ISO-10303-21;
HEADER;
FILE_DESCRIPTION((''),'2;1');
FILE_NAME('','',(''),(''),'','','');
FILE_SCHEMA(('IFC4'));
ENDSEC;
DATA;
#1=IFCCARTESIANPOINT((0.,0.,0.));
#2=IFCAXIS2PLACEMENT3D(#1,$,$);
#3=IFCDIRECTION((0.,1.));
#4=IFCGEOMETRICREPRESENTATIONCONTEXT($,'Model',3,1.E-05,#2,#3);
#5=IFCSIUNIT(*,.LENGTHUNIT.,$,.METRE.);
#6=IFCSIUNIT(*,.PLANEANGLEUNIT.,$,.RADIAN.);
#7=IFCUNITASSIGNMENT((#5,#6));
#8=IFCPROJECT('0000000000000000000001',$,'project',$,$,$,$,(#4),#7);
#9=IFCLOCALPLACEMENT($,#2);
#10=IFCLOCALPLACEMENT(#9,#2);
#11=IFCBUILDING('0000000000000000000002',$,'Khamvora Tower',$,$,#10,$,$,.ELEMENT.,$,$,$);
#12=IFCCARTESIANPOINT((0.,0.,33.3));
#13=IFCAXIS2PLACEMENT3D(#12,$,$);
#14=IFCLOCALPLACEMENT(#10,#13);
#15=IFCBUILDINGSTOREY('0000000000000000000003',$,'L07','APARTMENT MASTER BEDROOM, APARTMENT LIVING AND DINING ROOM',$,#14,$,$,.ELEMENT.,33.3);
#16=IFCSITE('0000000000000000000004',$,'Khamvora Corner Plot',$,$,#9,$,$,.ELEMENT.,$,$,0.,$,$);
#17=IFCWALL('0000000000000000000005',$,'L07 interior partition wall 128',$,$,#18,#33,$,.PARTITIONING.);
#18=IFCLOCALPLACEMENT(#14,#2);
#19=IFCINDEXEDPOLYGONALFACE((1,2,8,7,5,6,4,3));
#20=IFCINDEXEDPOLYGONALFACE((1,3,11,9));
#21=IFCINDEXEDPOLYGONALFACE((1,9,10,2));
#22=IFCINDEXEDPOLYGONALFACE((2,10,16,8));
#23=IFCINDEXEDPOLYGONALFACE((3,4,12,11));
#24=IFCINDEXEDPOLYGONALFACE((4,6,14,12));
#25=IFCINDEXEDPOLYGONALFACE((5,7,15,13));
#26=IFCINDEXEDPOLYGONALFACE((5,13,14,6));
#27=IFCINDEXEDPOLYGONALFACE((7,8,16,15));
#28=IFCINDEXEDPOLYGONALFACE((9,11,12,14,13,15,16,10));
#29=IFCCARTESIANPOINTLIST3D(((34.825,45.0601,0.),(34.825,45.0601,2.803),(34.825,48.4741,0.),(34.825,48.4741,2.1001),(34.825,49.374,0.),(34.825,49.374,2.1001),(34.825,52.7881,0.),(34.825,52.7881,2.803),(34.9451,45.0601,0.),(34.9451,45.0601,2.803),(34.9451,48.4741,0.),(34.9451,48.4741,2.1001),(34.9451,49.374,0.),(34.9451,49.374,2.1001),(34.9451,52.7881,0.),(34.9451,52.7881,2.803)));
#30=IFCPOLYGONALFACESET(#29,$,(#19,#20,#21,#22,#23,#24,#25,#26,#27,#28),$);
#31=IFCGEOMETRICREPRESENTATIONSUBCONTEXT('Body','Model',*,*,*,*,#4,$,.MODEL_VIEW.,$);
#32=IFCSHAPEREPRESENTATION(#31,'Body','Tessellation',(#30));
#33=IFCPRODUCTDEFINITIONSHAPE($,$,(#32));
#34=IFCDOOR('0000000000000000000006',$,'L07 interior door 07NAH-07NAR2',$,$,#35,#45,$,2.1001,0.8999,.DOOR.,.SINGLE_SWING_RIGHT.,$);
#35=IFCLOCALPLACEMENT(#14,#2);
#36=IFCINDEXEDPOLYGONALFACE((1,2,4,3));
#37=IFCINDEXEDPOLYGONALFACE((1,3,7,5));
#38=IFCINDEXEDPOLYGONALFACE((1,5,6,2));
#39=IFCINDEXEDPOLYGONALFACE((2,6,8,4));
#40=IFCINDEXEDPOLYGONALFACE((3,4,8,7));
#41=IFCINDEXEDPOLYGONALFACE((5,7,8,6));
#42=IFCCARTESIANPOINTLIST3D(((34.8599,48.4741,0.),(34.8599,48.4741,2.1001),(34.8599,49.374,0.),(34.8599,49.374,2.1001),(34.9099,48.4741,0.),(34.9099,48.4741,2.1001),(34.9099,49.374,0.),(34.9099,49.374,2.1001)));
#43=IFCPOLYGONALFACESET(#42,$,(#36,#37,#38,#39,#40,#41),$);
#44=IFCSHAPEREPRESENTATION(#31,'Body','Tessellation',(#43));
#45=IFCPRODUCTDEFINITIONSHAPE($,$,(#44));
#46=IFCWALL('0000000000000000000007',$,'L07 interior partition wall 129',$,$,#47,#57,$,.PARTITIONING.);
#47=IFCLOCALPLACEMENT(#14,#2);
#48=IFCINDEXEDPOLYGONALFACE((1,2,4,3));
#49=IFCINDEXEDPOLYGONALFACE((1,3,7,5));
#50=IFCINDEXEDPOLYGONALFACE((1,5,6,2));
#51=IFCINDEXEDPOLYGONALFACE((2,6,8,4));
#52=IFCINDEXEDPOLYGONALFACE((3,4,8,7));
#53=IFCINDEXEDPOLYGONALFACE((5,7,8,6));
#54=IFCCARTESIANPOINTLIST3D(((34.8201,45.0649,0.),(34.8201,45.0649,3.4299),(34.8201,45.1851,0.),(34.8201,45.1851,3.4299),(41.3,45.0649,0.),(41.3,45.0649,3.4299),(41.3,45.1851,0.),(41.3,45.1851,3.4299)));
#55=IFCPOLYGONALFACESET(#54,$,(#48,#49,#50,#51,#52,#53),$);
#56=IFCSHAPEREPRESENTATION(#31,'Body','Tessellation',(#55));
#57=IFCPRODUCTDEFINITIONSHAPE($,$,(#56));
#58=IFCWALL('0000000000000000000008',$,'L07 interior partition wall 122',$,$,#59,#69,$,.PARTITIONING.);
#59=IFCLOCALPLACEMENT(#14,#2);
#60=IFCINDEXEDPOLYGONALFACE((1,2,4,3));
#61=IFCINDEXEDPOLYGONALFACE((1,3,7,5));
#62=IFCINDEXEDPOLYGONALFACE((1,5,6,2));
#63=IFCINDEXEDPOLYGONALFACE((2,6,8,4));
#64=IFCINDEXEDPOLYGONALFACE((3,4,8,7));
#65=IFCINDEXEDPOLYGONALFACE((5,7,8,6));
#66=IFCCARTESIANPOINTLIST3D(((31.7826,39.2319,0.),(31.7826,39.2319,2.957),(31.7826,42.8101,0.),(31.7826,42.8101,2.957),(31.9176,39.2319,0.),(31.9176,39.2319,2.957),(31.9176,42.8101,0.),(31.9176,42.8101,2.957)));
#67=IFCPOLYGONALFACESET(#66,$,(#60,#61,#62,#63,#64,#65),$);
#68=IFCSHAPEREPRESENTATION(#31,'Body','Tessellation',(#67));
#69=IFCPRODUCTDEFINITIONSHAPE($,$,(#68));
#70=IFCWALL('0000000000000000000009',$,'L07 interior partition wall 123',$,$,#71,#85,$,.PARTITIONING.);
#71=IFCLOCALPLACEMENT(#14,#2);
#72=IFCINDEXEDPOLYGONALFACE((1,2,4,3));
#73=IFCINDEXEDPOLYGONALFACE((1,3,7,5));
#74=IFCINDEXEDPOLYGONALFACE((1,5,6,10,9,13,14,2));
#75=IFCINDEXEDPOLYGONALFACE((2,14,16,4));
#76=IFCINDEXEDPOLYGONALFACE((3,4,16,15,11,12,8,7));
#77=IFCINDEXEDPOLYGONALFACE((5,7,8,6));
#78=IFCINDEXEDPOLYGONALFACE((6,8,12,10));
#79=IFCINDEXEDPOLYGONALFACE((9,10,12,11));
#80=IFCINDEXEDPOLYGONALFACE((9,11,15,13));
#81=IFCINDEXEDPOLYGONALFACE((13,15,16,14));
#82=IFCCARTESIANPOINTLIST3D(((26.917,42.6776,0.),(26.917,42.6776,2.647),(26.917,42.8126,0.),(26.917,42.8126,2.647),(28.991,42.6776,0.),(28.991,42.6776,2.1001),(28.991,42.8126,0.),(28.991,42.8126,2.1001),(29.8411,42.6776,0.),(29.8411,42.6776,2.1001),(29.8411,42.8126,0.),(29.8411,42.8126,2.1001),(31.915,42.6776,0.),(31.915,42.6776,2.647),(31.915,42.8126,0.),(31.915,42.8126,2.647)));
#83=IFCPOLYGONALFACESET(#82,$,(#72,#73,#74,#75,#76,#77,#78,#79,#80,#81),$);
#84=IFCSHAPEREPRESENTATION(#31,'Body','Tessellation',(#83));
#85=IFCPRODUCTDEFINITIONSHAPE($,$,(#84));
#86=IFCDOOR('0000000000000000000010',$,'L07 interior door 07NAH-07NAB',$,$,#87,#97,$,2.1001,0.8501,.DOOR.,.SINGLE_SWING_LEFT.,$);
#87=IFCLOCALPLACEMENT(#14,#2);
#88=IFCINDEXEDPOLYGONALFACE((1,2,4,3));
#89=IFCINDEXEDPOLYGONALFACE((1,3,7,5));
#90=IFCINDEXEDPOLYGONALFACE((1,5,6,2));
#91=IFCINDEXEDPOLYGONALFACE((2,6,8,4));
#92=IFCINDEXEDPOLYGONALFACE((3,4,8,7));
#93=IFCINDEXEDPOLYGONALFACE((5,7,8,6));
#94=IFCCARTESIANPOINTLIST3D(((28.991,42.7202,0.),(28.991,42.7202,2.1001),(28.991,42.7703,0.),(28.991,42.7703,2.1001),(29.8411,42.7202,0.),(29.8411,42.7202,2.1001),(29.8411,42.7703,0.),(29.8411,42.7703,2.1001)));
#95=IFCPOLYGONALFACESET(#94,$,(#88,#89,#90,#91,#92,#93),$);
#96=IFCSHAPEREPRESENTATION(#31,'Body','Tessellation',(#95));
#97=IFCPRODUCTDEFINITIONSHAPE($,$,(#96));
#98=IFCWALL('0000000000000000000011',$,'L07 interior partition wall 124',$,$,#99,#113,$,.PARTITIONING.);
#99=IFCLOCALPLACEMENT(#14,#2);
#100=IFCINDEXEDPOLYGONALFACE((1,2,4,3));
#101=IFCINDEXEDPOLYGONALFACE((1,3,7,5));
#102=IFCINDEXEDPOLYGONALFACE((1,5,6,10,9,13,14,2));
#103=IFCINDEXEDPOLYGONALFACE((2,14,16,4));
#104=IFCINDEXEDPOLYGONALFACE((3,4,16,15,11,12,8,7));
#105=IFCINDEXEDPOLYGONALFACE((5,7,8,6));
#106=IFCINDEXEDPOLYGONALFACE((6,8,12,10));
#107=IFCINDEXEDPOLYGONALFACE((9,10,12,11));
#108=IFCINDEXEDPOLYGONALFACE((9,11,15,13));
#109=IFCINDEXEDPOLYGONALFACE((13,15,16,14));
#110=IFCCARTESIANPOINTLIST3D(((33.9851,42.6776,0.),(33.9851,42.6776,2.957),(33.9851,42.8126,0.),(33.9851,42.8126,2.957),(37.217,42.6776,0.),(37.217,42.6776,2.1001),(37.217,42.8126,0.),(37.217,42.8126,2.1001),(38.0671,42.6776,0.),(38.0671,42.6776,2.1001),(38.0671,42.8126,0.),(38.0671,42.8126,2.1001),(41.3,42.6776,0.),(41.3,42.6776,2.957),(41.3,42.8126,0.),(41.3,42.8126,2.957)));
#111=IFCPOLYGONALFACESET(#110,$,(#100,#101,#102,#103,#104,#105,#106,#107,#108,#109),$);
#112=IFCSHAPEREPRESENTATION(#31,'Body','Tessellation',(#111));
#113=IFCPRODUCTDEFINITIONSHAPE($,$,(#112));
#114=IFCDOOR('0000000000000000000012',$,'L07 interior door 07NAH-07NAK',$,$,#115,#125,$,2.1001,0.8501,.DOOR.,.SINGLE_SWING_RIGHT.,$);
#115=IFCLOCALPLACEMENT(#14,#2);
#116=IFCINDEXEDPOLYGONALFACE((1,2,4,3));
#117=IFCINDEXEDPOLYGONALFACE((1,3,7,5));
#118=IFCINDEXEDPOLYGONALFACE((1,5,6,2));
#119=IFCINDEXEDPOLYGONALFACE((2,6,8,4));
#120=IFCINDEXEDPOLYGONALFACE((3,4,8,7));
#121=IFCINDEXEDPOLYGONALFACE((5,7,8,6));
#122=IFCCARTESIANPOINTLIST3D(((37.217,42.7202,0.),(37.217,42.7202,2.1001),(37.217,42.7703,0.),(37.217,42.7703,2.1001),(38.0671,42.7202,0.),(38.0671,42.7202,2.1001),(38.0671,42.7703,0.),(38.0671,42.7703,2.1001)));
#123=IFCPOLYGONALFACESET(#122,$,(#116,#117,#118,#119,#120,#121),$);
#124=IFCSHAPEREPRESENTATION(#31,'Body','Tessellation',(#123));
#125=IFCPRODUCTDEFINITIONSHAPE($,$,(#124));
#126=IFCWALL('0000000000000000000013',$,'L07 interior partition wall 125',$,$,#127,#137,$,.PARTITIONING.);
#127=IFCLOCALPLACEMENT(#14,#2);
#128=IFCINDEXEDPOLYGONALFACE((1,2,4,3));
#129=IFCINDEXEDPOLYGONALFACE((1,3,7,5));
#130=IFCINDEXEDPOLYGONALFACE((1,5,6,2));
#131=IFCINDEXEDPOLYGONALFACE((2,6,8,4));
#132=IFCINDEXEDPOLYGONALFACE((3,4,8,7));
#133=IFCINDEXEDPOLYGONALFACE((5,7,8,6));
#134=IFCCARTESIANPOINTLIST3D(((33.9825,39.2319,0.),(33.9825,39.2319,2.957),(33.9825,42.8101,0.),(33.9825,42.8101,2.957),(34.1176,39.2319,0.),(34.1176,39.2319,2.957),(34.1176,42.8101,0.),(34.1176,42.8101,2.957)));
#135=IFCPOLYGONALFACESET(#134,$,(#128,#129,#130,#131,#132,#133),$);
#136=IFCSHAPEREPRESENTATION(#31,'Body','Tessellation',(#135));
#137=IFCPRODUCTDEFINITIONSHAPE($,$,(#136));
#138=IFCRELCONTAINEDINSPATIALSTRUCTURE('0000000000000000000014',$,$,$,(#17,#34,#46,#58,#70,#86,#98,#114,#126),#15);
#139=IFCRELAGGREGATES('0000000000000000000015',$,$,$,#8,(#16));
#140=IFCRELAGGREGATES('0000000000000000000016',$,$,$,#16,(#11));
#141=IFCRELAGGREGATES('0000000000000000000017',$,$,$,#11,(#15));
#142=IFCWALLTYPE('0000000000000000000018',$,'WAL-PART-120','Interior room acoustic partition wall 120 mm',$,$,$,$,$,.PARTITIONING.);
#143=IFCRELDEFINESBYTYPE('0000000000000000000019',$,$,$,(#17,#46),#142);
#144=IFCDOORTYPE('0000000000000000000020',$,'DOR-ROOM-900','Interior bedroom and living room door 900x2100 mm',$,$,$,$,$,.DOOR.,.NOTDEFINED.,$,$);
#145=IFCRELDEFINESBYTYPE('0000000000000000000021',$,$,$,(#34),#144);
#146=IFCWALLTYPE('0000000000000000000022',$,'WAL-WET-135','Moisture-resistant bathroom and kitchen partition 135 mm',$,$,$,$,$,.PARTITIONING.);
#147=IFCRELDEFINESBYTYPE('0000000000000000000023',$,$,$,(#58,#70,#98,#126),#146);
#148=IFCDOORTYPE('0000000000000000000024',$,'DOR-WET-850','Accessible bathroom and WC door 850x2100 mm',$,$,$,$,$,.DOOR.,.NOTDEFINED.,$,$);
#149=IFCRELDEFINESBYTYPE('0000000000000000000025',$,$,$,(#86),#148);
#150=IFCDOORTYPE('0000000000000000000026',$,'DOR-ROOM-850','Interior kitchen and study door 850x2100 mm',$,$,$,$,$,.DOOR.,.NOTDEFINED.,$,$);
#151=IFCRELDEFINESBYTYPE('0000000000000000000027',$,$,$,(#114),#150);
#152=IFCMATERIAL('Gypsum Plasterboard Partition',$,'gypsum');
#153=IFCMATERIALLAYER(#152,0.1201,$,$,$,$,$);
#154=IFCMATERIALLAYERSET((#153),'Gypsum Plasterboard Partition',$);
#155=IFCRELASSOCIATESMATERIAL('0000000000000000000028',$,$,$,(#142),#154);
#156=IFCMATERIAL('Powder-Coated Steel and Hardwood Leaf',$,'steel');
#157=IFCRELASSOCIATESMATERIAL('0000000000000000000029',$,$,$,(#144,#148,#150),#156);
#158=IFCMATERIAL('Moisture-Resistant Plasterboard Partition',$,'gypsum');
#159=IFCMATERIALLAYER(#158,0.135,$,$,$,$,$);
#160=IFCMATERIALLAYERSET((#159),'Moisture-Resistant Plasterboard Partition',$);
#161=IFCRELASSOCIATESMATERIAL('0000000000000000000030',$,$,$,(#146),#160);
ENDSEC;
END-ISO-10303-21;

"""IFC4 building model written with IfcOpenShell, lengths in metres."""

from ifc_helpers import new_model, si_unit, direction, frame, frame_2d, origin, place, context, subcontext, project, spatial, rectangle, extrude, material, layer, layer_set, type_object, element, fill, save


model = new_model("IFC4")

# Units and contexts
model_context = context("Model", 3, precision=1e-05, world=origin(), true_north=direction((0.0, 1.0)))
body_context = subcontext(model_context, "Body", "Model", "MODEL_VIEW")
ifc_project = project(units=[si_unit("LENGTHUNIT", "METRE"), si_unit("PLANEANGLEUNIT", "RADIAN")], contexts=[model_context])

# Site, building, storey
site_placement = place(None, origin())
site = spatial("IfcSite", under=ifc_project, at=site_placement, Name="Khamvora Corner Plot", CompositionType="ELEMENT", RefElevation=0.0)
building_placement = place(site_placement, origin())
building = spatial("IfcBuilding", under=site, at=building_placement, Name="Khamvora Tower", CompositionType="ELEMENT")
storey_placement = place(building_placement, frame((0.0, 0.0, 33.3)))
storey = spatial("IfcBuildingStorey", under=building, at=storey_placement, Name="L07", Description="APARTMENT MASTER BEDROOM, APARTMENT LIVING AND DINING ROOM", CompositionType="ELEMENT", Elevation=33.3)

# Shared definitions
ifc_material_1 = material(Name="Powder-Coated Steel and Hardwood Leaf", Category="steel")

# Wall, opening, door
ifc_material_2 = material(Name="Gypsum Plasterboard Partition", Category="gypsum")
ifc_layer_1 = layer(ifc_material_2, 0.1201)
ifc_layer_set_1 = layer_set([ifc_layer_1], Name="Gypsum Plasterboard Partition")
wall_type_1 = type_object("IfcWallType", Name="WAL-PART-120", Description="Interior room acoustic partition wall 120 mm", PredefinedType="PARTITIONING", material=ifc_layer_set_1)
door_type_1 = type_object("IfcDoorType", Name="DOR-ROOM-900", Description="Interior bedroom and living room door 900x2100 mm", OperationType="NOTDEFINED", PredefinedType="DOOR", material=ifc_material_1)
wall_1_placement = place(storey_placement, frame((34.885, 52.7881, 0.0), z_axis=(0.0, 0.0, 1.0), x_axis=(0.0, -1.0, 0.0)))
wall_1 = element("IfcWall", 1, at=wall_1_placement, inside=storey, type_object=wall_type_1, Name="L07 interior partition wall 128", PredefinedType="PARTITIONING", context=body_context, shape_type="SweptSolid", body=[
    extrude(rectangle(XDim=7.728, YDim=0.1201, at=frame_2d((3.864, 0.0))), origin(), (0.0, 0.0, 1.0), 2.803),
])
opening_1_placement = place(wall_1_placement, frame((3.4141, 0.0, 0.0)))
opening_1 = element("IfcOpeningElement", 2, at=opening_1_placement, cuts=wall_1, PredefinedType="OPENING", context=body_context, shape_type="SweptSolid", body=[
    extrude(rectangle(XDim=0.8999, YDim=2.1001, at=frame_2d((0.45, 1.05))), frame((0.0, 0.0701, 0.0), z_axis=(0.0, -1.0, 0.0), x_axis=(1.0, 0.0, 0.0)), (0.0, 0.0, 1.0), 0.1401),
])
door_1_placement = place(opening_1_placement, origin())
door_1 = element("IfcDoor", 3, at=door_1_placement, inside=storey, type_object=door_type_1, Name="L07 interior door 07NAH-07NAR2", OperationType="SINGLE_SWING_RIGHT", OverallHeight=2.1001, OverallWidth=0.8999, PredefinedType="DOOR", context=body_context, shape_type="SweptSolid", body=[
    extrude(rectangle(XDim=0.8999, YDim=2.1001, at=frame_2d((0.45, 1.05))), frame((0.0, 0.0249, 0.0), z_axis=(0.0, -1.0, 0.0), x_axis=(1.0, 0.0, 0.0)), (0.0, 0.0, 1.0), 0.05),
])
fill(opening_1, door_1)

# Walls
wall_2_placement = place(storey_placement, frame((34.8201, 45.125, 0.0), z_axis=(0.0, 0.0, 1.0), x_axis=(1.0, 0.0, 0.0)))
element("IfcWall", 4, at=wall_2_placement, inside=storey, type_object=wall_type_1, Name="L07 interior partition wall 129", PredefinedType="PARTITIONING", context=body_context, shape_type="SweptSolid", body=[
    extrude(rectangle(XDim=6.48, YDim=0.1201, at=frame_2d((3.24, 0.0))), origin(), (0.0, 0.0, 1.0), 3.4299),
])
ifc_material_3 = material(Name="Moisture-Resistant Plasterboard Partition", Category="gypsum")
ifc_layer_2 = layer(ifc_material_3, 0.135)
ifc_layer_set_2 = layer_set([ifc_layer_2], Name="Moisture-Resistant Plasterboard Partition")
wall_type_2 = type_object("IfcWallType", Name="WAL-WET-135", Description="Moisture-resistant bathroom and kitchen partition 135 mm", PredefinedType="PARTITIONING", material=ifc_layer_set_2)
wall_3_placement = place(storey_placement, frame((31.8501, 39.2319, 0.0), z_axis=(0.0, 0.0, 1.0), x_axis=(0.0, 1.0, 0.0)))
element("IfcWall", 5, at=wall_3_placement, inside=storey, type_object=wall_type_2, Name="L07 interior partition wall 122", PredefinedType="PARTITIONING", context=body_context, shape_type="SweptSolid", body=[
    extrude(rectangle(XDim=3.5781, YDim=0.135, at=frame_2d((1.7891, 0.0))), origin(), (0.0, 0.0, 1.0), 2.957),
])

# Walls, openings, doors
wall_4_placement = place(storey_placement, frame((31.915, 42.7451, 0.0), z_axis=(0.0, 0.0, 1.0), x_axis=(-1.0, 0.0, 0.0)))
wall_4 = element("IfcWall", 6, at=wall_4_placement, inside=storey, type_object=wall_type_2, Name="L07 interior partition wall 123", PredefinedType="PARTITIONING", context=body_context, shape_type="SweptSolid", body=[
    extrude(rectangle(XDim=4.998, YDim=0.135, at=frame_2d((2.499, 0.0))), origin(), (0.0, 0.0, 1.0), 2.647),
])
opening_2_placement = place(wall_4_placement, frame((2.074, 0.0, 0.0)))
opening_2 = element("IfcOpeningElement", 7, at=opening_2_placement, cuts=wall_4, PredefinedType="OPENING", context=body_context, shape_type="SweptSolid", body=[
    extrude(rectangle(XDim=0.8501, YDim=2.1001, at=frame_2d((0.425, 1.05))), frame((0.0, 0.0774, 0.0), z_axis=(0.0, -1.0, 0.0), x_axis=(1.0, 0.0, 0.0)), (0.0, 0.0, 1.0), 0.155),
])
door_type_2 = type_object("IfcDoorType", Name="DOR-WET-850", Description="Accessible bathroom and WC door 850x2100 mm", OperationType="NOTDEFINED", PredefinedType="DOOR", material=ifc_material_1)
door_2_placement = place(opening_2_placement, origin())
door_2 = element("IfcDoor", 8, at=door_2_placement, inside=storey, type_object=door_type_2, Name="L07 interior door 07NAH-07NAB", OperationType="SINGLE_SWING_LEFT", OverallHeight=2.1001, OverallWidth=0.8501, PredefinedType="DOOR", context=body_context, shape_type="SweptSolid", body=[
    extrude(rectangle(XDim=0.8501, YDim=2.1001, at=frame_2d((0.425, 1.05))), frame((0.0, 0.0249, 0.0), z_axis=(0.0, -1.0, 0.0), x_axis=(1.0, 0.0, 0.0)), (0.0, 0.0, 1.0), 0.05),
])
fill(opening_2, door_2)
wall_5_placement = place(storey_placement, frame((41.3, 42.7451, 0.0), z_axis=(0.0, 0.0, 1.0), x_axis=(-1.0, 0.0, 0.0)))
wall_5 = element("IfcWall", 9, at=wall_5_placement, inside=storey, type_object=wall_type_2, Name="L07 interior partition wall 124", PredefinedType="PARTITIONING", context=body_context, shape_type="SweptSolid", body=[
    extrude(rectangle(XDim=7.3149, YDim=0.135, at=frame_2d((3.6575, 0.0))), origin(), (0.0, 0.0, 1.0), 2.957),
])
opening_3_placement = place(wall_5_placement, frame((3.2329, 0.0, 0.0)))
opening_3 = element("IfcOpeningElement", 10, at=opening_3_placement, cuts=wall_5, PredefinedType="OPENING", context=body_context, shape_type="SweptSolid", body=[
    extrude(rectangle(XDim=0.8501, YDim=2.1001, at=frame_2d((0.425, 1.05))), frame((0.0, 0.0774, 0.0), z_axis=(0.0, -1.0, 0.0), x_axis=(1.0, 0.0, 0.0)), (0.0, 0.0, 1.0), 0.155),
])
door_type_3 = type_object("IfcDoorType", Name="DOR-ROOM-850", Description="Interior kitchen and study door 850x2100 mm", OperationType="NOTDEFINED", PredefinedType="DOOR", material=ifc_material_1)
door_3_placement = place(opening_3_placement, origin())
door_3 = element("IfcDoor", 11, at=door_3_placement, inside=storey, type_object=door_type_3, Name="L07 interior door 07NAH-07NAK", OperationType="SINGLE_SWING_RIGHT", OverallHeight=2.1001, OverallWidth=0.8501, PredefinedType="DOOR", context=body_context, shape_type="SweptSolid", body=[
    extrude(rectangle(XDim=0.8501, YDim=2.1001, at=frame_2d((0.425, 1.05))), frame((0.0, 0.0249, 0.0), z_axis=(0.0, -1.0, 0.0), x_axis=(1.0, 0.0, 0.0)), (0.0, 0.0, 1.0), 0.05),
])
fill(opening_3, door_3)

# Wall
wall_6_placement = place(storey_placement, frame((34.05, 42.8101, 0.0), z_axis=(0.0, 0.0, 1.0), x_axis=(0.0, -1.0, 0.0)))
element("IfcWall", 12, at=wall_6_placement, inside=storey, type_object=wall_type_2, Name="L07 interior partition wall 125", PredefinedType="PARTITIONING", context=body_context, shape_type="SweptSolid", body=[
    extrude(rectangle(XDim=3.5781, YDim=0.135, at=frame_2d((1.7891, 0.0))), origin(), (0.0, 0.0, 1.0), 2.957),
])

save(model, "model.ifc")
